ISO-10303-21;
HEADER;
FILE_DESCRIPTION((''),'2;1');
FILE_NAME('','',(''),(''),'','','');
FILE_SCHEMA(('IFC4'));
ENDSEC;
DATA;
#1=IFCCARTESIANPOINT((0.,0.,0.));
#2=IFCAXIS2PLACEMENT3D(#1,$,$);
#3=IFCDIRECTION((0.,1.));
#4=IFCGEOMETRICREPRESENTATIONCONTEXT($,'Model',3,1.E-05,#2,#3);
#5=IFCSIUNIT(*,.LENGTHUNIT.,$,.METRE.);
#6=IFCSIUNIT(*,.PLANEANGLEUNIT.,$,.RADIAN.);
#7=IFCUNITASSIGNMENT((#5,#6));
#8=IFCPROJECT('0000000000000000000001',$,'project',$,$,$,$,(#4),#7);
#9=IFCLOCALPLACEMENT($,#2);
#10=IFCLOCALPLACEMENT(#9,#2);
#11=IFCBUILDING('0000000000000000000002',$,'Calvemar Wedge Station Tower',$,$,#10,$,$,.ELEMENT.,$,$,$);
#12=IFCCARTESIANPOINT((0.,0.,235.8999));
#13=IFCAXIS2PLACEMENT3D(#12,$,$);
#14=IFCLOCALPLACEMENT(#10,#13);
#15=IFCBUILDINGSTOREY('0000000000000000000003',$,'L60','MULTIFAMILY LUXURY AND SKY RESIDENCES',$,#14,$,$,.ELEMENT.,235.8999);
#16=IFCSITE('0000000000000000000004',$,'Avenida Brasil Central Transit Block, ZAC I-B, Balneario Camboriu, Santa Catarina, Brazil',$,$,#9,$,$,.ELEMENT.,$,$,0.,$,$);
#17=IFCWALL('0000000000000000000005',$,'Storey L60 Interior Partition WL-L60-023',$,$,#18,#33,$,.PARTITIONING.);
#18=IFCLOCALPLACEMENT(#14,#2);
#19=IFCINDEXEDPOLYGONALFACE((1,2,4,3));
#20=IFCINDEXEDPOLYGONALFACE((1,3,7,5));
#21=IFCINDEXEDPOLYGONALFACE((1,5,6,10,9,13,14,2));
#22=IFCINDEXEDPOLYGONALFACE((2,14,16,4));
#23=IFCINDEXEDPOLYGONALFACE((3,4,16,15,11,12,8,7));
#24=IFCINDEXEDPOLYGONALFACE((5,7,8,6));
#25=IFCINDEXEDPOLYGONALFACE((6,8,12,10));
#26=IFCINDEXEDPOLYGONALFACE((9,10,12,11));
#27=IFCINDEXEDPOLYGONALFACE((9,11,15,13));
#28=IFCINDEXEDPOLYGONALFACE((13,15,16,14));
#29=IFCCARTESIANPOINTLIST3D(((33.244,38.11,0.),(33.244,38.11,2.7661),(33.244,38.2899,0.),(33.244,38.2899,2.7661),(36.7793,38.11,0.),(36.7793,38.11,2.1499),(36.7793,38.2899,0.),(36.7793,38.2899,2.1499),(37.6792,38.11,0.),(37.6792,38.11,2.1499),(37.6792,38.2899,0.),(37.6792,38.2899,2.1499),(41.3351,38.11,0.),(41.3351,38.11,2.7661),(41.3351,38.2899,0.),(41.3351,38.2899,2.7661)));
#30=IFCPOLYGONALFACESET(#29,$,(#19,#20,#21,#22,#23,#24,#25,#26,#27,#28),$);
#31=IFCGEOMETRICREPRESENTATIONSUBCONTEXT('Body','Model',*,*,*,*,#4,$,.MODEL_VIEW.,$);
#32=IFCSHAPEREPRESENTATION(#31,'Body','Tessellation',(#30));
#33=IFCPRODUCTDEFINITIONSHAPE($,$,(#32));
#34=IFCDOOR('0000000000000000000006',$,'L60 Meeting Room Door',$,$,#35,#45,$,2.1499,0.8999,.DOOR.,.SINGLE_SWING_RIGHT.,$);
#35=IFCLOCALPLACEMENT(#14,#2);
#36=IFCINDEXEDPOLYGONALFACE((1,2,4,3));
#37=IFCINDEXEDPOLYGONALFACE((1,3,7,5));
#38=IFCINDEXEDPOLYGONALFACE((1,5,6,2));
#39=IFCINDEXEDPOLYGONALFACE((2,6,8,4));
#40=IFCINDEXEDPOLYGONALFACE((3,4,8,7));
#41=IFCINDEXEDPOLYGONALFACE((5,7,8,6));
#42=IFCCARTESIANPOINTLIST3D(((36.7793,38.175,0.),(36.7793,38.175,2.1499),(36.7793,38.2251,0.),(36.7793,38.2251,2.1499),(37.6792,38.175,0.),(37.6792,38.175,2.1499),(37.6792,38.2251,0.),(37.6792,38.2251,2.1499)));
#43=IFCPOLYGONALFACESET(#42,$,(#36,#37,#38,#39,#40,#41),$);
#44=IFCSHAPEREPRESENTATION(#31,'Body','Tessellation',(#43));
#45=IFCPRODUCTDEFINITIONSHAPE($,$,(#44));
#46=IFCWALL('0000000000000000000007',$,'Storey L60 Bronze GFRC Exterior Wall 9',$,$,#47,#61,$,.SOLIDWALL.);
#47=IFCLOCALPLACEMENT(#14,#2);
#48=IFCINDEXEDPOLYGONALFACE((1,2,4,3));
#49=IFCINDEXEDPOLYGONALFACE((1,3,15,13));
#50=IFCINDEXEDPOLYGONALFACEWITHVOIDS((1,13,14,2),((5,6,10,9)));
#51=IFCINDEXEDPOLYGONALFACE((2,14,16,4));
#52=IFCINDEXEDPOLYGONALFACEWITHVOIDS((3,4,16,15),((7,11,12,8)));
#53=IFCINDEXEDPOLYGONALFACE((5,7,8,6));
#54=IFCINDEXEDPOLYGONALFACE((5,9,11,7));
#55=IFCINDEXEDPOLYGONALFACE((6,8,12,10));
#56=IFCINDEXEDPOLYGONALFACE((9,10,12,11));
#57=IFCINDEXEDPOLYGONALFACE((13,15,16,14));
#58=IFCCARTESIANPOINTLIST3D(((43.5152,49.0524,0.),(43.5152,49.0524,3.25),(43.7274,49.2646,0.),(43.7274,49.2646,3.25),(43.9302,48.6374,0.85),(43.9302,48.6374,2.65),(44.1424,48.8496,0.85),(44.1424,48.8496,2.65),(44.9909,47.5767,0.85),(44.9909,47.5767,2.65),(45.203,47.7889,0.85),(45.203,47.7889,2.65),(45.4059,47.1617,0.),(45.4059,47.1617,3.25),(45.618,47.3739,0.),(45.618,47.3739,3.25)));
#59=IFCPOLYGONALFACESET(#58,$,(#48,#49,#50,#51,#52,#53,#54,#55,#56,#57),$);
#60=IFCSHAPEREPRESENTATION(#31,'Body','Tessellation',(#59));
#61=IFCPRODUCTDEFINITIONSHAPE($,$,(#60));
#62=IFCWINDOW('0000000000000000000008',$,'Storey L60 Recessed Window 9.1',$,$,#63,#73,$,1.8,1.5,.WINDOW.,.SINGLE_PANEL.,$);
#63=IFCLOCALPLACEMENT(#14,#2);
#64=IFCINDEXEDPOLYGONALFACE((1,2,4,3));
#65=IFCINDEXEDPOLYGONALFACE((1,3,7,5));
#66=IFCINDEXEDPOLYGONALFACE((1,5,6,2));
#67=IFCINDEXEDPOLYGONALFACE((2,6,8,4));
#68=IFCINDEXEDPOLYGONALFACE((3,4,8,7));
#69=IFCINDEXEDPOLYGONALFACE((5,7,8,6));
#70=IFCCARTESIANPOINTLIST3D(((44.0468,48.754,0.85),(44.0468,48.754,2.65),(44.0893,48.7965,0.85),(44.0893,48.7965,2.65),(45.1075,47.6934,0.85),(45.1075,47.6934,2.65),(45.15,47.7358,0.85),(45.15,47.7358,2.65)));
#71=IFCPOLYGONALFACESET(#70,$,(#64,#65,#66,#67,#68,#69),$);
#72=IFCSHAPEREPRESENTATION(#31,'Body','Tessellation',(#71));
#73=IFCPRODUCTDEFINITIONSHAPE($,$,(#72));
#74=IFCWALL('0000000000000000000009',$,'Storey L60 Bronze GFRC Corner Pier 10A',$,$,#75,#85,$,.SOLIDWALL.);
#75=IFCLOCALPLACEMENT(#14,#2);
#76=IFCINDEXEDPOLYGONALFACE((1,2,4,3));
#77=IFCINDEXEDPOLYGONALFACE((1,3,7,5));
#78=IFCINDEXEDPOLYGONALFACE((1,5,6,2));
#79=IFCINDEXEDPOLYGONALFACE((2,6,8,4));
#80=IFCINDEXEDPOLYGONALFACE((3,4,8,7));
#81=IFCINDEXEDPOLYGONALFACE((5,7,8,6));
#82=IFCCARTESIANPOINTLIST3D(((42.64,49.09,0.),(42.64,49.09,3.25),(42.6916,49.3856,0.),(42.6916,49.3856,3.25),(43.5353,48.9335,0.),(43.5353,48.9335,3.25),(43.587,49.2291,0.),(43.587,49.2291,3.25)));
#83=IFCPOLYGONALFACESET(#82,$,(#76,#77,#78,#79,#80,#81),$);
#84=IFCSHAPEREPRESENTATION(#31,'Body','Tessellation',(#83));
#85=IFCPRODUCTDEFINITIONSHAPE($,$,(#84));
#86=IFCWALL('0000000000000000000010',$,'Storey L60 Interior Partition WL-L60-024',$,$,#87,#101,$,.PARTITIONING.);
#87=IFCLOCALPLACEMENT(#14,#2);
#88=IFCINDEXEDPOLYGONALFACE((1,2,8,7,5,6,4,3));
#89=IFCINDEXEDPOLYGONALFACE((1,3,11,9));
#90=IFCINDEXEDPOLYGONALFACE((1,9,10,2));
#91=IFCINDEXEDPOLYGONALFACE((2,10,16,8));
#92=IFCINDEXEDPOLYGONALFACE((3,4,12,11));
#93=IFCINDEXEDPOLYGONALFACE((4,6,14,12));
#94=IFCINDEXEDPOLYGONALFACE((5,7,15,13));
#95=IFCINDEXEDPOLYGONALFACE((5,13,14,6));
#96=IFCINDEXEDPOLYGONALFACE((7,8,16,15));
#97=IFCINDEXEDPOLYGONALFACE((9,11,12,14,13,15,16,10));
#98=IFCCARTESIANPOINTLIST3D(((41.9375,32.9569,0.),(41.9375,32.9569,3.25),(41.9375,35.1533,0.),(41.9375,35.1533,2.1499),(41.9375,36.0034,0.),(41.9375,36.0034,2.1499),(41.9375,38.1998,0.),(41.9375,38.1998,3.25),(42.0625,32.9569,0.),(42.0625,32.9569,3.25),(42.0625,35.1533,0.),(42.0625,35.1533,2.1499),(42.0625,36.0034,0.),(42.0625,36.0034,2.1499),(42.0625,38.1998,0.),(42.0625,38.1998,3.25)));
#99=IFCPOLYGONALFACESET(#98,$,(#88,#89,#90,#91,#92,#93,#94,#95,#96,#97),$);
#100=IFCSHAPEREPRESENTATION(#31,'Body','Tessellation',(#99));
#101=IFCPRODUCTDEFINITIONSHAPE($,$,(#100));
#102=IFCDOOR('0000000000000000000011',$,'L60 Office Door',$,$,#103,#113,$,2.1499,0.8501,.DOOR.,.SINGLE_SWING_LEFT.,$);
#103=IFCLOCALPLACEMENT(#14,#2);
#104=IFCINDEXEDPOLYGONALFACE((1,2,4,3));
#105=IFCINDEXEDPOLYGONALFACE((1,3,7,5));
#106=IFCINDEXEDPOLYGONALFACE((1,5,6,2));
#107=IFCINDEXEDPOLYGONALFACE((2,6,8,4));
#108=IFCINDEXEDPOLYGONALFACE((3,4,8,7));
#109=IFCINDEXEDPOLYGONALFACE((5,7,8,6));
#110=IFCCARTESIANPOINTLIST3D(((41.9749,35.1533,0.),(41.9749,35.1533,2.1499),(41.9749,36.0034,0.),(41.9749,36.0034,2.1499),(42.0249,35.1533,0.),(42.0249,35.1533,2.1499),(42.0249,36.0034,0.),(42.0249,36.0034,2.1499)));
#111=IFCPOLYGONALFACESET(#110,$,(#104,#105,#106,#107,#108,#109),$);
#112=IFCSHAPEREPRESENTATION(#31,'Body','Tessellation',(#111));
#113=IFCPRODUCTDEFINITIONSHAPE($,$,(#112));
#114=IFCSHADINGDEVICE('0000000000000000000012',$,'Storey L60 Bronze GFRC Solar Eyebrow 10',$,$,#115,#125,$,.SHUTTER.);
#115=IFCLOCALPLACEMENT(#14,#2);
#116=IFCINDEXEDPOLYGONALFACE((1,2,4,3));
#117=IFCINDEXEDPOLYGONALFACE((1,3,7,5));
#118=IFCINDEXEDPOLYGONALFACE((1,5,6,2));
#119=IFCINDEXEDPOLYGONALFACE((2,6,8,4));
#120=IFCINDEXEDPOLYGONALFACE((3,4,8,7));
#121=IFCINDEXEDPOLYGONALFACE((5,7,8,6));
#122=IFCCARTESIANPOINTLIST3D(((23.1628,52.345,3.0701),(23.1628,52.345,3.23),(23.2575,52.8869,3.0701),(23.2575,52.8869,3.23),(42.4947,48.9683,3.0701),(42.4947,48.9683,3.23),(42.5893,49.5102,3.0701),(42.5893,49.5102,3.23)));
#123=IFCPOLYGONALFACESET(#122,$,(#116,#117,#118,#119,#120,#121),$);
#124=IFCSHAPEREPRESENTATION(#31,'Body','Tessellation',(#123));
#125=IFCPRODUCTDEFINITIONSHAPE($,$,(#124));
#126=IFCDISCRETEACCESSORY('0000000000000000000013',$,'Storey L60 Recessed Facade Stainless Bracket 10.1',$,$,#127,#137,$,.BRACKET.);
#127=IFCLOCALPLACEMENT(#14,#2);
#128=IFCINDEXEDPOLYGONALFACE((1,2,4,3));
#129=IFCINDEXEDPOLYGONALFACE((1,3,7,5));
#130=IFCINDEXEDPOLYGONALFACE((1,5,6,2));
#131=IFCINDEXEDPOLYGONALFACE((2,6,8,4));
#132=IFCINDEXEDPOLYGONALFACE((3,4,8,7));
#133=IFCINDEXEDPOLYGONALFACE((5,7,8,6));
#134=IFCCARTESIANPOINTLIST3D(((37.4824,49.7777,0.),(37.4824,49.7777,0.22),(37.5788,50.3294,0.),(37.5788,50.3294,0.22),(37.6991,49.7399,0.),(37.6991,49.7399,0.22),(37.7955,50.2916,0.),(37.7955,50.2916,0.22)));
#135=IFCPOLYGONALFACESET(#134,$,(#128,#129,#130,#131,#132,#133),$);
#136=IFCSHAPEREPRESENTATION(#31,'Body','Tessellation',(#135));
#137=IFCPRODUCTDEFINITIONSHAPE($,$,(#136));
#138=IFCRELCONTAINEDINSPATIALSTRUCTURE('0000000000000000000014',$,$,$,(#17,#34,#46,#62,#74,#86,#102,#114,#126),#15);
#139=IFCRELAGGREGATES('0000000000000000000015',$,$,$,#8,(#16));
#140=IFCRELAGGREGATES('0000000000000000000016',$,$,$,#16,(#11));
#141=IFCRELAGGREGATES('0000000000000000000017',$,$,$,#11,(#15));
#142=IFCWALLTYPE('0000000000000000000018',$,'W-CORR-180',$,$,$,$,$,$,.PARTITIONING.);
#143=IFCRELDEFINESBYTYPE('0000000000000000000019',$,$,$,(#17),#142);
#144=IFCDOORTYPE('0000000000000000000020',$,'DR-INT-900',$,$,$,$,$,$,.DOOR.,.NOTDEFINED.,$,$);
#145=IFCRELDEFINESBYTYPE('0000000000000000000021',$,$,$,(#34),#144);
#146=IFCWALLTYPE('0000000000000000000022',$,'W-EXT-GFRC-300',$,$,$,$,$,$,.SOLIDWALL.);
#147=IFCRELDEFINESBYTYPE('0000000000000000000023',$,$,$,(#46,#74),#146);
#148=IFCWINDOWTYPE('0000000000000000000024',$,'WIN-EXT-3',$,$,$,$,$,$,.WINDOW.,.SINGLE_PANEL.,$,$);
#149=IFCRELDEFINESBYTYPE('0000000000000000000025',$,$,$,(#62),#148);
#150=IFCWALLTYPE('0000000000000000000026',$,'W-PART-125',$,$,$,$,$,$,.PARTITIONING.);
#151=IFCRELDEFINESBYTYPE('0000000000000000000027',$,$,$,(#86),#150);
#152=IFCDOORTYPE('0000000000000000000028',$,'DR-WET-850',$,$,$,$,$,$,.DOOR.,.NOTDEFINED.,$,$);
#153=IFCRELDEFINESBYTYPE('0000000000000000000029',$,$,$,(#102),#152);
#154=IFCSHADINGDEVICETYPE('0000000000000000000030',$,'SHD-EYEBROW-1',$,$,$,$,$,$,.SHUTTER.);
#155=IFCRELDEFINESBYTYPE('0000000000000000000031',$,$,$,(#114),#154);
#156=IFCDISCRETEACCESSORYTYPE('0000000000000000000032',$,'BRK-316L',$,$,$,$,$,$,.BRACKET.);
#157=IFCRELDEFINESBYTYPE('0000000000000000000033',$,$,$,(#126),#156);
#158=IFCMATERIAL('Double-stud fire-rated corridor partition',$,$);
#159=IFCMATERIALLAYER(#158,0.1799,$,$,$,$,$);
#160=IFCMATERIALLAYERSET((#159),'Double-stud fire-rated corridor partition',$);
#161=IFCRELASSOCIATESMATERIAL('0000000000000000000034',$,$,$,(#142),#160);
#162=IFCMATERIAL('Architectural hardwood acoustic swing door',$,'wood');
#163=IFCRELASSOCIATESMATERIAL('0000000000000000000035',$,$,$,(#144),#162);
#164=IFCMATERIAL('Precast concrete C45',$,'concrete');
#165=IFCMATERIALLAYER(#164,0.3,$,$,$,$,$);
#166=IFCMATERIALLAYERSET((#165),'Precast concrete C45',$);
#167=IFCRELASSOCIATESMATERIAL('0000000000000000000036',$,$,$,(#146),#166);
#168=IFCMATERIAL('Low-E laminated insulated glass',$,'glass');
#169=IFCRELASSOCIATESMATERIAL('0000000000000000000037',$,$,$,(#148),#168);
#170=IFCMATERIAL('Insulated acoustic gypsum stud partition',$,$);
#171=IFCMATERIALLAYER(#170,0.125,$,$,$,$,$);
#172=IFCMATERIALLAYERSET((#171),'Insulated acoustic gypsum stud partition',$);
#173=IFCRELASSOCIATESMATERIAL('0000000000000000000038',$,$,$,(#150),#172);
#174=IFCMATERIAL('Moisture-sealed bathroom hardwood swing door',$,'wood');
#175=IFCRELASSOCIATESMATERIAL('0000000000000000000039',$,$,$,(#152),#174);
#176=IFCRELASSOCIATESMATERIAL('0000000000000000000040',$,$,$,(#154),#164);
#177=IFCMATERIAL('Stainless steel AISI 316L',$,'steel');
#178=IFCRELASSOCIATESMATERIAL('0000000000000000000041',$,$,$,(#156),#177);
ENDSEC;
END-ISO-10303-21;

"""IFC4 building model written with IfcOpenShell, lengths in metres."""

from ifc_helpers import new_model, si_unit, direction, frame, frame_2d, origin, origin_2d, place, context, subcontext, project, spatial, rectangle, extrude, source, transform, mapped, material, layer, layer_set, type_object, element, fill, save


model = new_model("IFC4")

# Units and contexts
model_context = context("Model", 3, precision=1e-05, world=origin(), true_north=direction((0.0, 1.0)))
body_context = subcontext(model_context, "Body", "Model", "MODEL_VIEW")
ifc_project = project(units=[si_unit("LENGTHUNIT", "METRE"), si_unit("PLANEANGLEUNIT", "RADIAN")], contexts=[model_context])

# Site, building, storey
site_placement = place(None, origin())
site = spatial("IfcSite", under=ifc_project, at=site_placement, Name="Avenida Brasil Central Transit Block, ZAC I-B, Balneario Camboriu, Santa Catarina, Brazil", CompositionType="ELEMENT", RefElevation=0.0)
building_placement = place(site_placement, origin())
building = spatial("IfcBuilding", under=site, at=building_placement, Name="Calvemar Wedge Station Tower", CompositionType="ELEMENT")
storey_placement = place(building_placement, frame((0.0, 0.0, 235.8999)))
storey = spatial("IfcBuildingStorey", under=building, at=storey_placement, Name="L60", Description="MULTIFAMILY LUXURY AND SKY RESIDENCES", CompositionType="ELEMENT", Elevation=235.8999)

# Shared definitions
ifc_material_1 = material(Name="Low-E laminated insulated glass", Category="glass")

# Wall, opening, door
ifc_material_2 = material(Name="Double-stud fire-rated corridor partition")
ifc_layer_1 = layer(ifc_material_2, 0.1799)
ifc_layer_set_1 = layer_set([ifc_layer_1], Name="Double-stud fire-rated corridor partition")
wall_type_1 = type_object("IfcWallType", Name="W-CORR-180", PredefinedType="PARTITIONING", material=ifc_layer_set_1)
wall_1_placement = place(storey_placement, frame((41.335, 38.2, 0.0), z_axis=(0.0, 0.0, 1.0), x_axis=(-1.0, 0.0, 0.0)))
wall_1 = element("IfcWall", 1, at=wall_1_placement, inside=storey, type_object=wall_type_1, Name="Storey L60 Interior Partition WL-L60-023", PredefinedType="PARTITIONING", context=body_context, shape_type="SweptSolid", body=[
    extrude(rectangle(XDim=8.0911, YDim=0.1799, at=frame_2d((4.0454, 0.0))), origin(), (0.0, 0.0, 1.0), 2.7661),
])
shared_shape_1 = source(origin(), body_context, "Body", "SweptSolid", [
    extrude(rectangle(XDim=0.8999, YDim=2.1499, at=frame_2d((0.45, 1.075))), frame((0.0, 0.1001, 0.0), z_axis=(0.0, -1.0, 0.0), x_axis=(1.0, 0.0, 0.0)), (0.0, 0.0, 1.0), 0.2),
])
opening_1_placement = place(wall_1_placement, frame((3.6558, 0.0, 0.0)))
opening_1 = element("IfcOpeningElement", 2, at=opening_1_placement, cuts=wall_1, PredefinedType="OPENING", context=body_context, shape_type="MappedRepresentation", body=[
    mapped(shared_shape_1, transform((0.0, 0.0, 0.0), scale=1.0)),
])
ifc_material_3 = material(Name="Architectural hardwood acoustic swing door", Category="wood")
door_type_1 = type_object("IfcDoorType", Name="DR-INT-900", OperationType="NOTDEFINED", PredefinedType="DOOR", material=ifc_material_3)
shared_shape_2 = source(origin(), body_context, "Body", "SweptSolid", [
    extrude(rectangle(XDim=0.8999, YDim=2.1499, at=frame_2d((0.45, 1.075))), frame((0.0, 0.0249, 0.0), z_axis=(0.0, -1.0, 0.0), x_axis=(1.0, 0.0, 0.0)), (0.0, 0.0, 1.0), 0.05),
])
door_1_placement = place(opening_1_placement, origin())
door_1 = element("IfcDoor", 3, at=door_1_placement, inside=storey, type_object=door_type_1, Name="L60 Meeting Room Door", OperationType="SINGLE_SWING_RIGHT", OverallHeight=2.1499, OverallWidth=0.8999, PredefinedType="DOOR", context=body_context, shape_type="MappedRepresentation", body=[
    mapped(shared_shape_2, transform((0.0, 0.0, 0.0), scale=1.0)),
])
fill(opening_1, door_1)

# Wall, opening, window
ifc_material_4 = material(Name="Precast concrete C45", Category="concrete")
ifc_layer_2 = layer(ifc_material_4, 0.3)
ifc_layer_set_2 = layer_set([ifc_layer_2], Name="Precast concrete C45")
wall_type_2 = type_object("IfcWallType", Name="W-EXT-GFRC-300", PredefinedType="SOLIDWALL", material=ifc_layer_set_2)
wall_2_placement = place(storey_placement, frame((45.512, 47.2678, 0.0), z_axis=(0.0, 0.0, 1.0), x_axis=(-0.707107, 0.707107, 0.0)))
wall_2 = element("IfcWall", 4, at=wall_2_placement, inside=storey, type_object=wall_type_2, Name="Storey L60 Bronze GFRC Exterior Wall 9", PredefinedType="SOLIDWALL", context=body_context, shape_type="SweptSolid", body=[
    extrude(rectangle(XDim=2.6738, YDim=0.3, at=frame_2d((1.3369, 0.0))), origin(), (0.0, 0.0, 1.0), 3.25),
])
shared_shape_3 = source(origin(), body_context, "Body", "SweptSolid", [
    extrude(rectangle(XDim=1.5, YDim=1.8, at=frame_2d((0.75, 0.8999))), frame((0.0, 0.1602, 0.0), z_axis=(0.0, -1.0, 0.0), x_axis=(1.0, 0.0, 0.0)), (0.0, 0.0, 1.0), 0.3201),
])
opening_2_placement = place(wall_2_placement, frame((0.5869, 0.0, 0.8501)))
opening_2 = element("IfcOpeningElement", 5, at=opening_2_placement, cuts=wall_2, PredefinedType="OPENING", context=body_context, shape_type="MappedRepresentation", body=[
    mapped(shared_shape_3, transform((0.0, 0.0, 0.0), scale=1.0)),
])
window_type = type_object("IfcWindowType", Name="WIN-EXT-3", PartitioningType="SINGLE_PANEL", PredefinedType="WINDOW", material=ifc_material_1)
shared_shape_4 = source(origin(), body_context, "Body", "SweptSolid", [
    extrude(rectangle(XDim=1.5, YDim=1.8, at=frame_2d((0.75, 0.8999))), frame((0.0, -0.0149, 0.0), z_axis=(0.0, -1.0, 0.0), x_axis=(1.0, 0.0, 0.0)), (0.0, 0.0, 1.0), 0.0601),
])
window_placement = place(opening_2_placement, origin())
window = element("IfcWindow", 6, at=window_placement, inside=storey, type_object=window_type, Name="Storey L60 Recessed Window 9.1", OverallHeight=1.8, OverallWidth=1.5, PartitioningType="SINGLE_PANEL", PredefinedType="WINDOW", context=body_context, shape_type="MappedRepresentation", body=[
    mapped(shared_shape_4, transform((0.0, 0.0, 0.0), scale=1.0)),
])
fill(opening_2, window)

# Wall
wall_3_placement = place(storey_placement, frame((43.5613, 49.0813, 0.0), z_axis=(0.0, 0.0, 1.0), x_axis=(-0.985064, 0.172191, 0.0)))
element("IfcWall", 7, at=wall_3_placement, inside=storey, type_object=wall_type_2, Name="Storey L60 Bronze GFRC Corner Pier 10A", PredefinedType="SOLIDWALL", context=body_context, shape_type="SweptSolid", body=[
    extrude(rectangle(XDim=0.9089, YDim=0.3, at=frame_2d((0.4546, 0.0))), origin(), (0.0, 0.0, 1.0), 3.25),
])

# Wall, opening, door
ifc_material_5 = material(Name="Insulated acoustic gypsum stud partition")
ifc_layer_3 = layer(ifc_material_5, 0.125)
ifc_layer_set_3 = layer_set([ifc_layer_3], Name="Insulated acoustic gypsum stud partition")
wall_type_3 = type_object("IfcWallType", Name="W-PART-125", PredefinedType="PARTITIONING", material=ifc_layer_set_3)
wall_4_placement = place(storey_placement, frame((42.0, 38.2, 0.0), z_axis=(0.0, 0.0, 1.0), x_axis=(0.0, -1.0, 0.0)))
wall_4 = element("IfcWall", 8, at=wall_4_placement, inside=storey, type_object=wall_type_3, Name="Storey L60 Interior Partition WL-L60-024", PredefinedType="PARTITIONING", context=body_context, shape_type="SweptSolid", body=[
    extrude(rectangle(XDim=5.2429, YDim=0.125, at=frame_2d((2.6216, 0.0))), origin(), (0.0, 0.0, 1.0), 3.25),
])
shared_shape_5 = source(origin(), body_context, "Body", "SweptSolid", [
    extrude(rectangle(XDim=0.8501, YDim=2.1499, at=frame_2d((0.425, 1.075))), frame((0.0, 0.0725, 0.0), z_axis=(0.0, -1.0, 0.0), x_axis=(1.0, 0.0, 0.0)), (0.0, 0.0, 1.0), 0.145),
])
opening_3_placement = place(wall_4_placement, frame((2.1965, 0.0, 0.0)))
opening_3 = element("IfcOpeningElement", 9, at=opening_3_placement, cuts=wall_4, PredefinedType="OPENING", context=body_context, shape_type="MappedRepresentation", body=[
    mapped(shared_shape_5, transform((0.0, 0.0, 0.0), scale=1.0)),
])
ifc_material_6 = material(Name="Moisture-sealed bathroom hardwood swing door", Category="wood")
door_type_2 = type_object("IfcDoorType", Name="DR-WET-850", OperationType="NOTDEFINED", PredefinedType="DOOR", material=ifc_material_6)
shared_shape_6 = source(origin(), body_context, "Body", "SweptSolid", [
    extrude(rectangle(XDim=0.8501, YDim=2.1499, at=frame_2d((0.425, 1.075))), frame((0.0, 0.0249, 0.0), z_axis=(0.0, -1.0, 0.0), x_axis=(1.0, 0.0, 0.0)), (0.0, 0.0, 1.0), 0.05),
])
door_2_placement = place(opening_3_placement, origin())
door_2 = element("IfcDoor", 10, at=door_2_placement, inside=storey, type_object=door_type_2, Name="L60 Office Door", OperationType="SINGLE_SWING_LEFT", OverallHeight=2.1499, OverallWidth=0.8501, PredefinedType="DOOR", context=body_context, shape_type="MappedRepresentation", body=[
    mapped(shared_shape_6, transform((0.0, 0.0, 0.0), scale=1.0)),
])
fill(opening_3, door_2)

# Shading device
shading_device_type = type_object("IfcShadingDeviceType", Name="SHD-EYEBROW-1", PredefinedType="SHUTTER", material=ifc_material_4)
shading_device_placement = place(storey_placement, frame((42.542, 49.2393, 3.0701), z_axis=(0.0, 0.0, 1.0), x_axis=(-0.985085, 0.172066, 0.0)))
element("IfcShadingDevice", 11, at=shading_device_placement, inside=storey, type_object=shading_device_type, Name="Storey L60 Bronze GFRC Solar Eyebrow 10", PredefinedType="SHUTTER", context=body_context, shape_type="SweptSolid", body=[
    extrude(rectangle(XDim=19.6245, YDim=0.55, at=frame_2d((9.8123, 0.0))), origin(), (0.0, 0.0, 1.0), 0.1599),
])

# Discrete accessory
ifc_material_7 = material(Name="Stainless steel AISI 316L", Category="steel")
discrete_accessory_type = type_object("IfcDiscreteAccessoryType", Name="BRK-316L", PredefinedType="BRACKET", material=ifc_material_7)
shared_shape_7 = source(origin(), body_context, "Body", "SweptSolid", [
    extrude(rectangle(XDim=0.22, YDim=0.5601, at=origin_2d()), origin(), (0.0, 0.0, 1.0), 0.22),
])
discrete_accessory_placement = place(storey_placement, frame((37.6389, 50.0347, 0.0), z_axis=(0.0, 0.0, 1.0), x_axis=(-0.985079, 0.172101, 0.0)))
element("IfcDiscreteAccessory", 12, at=discrete_accessory_placement, inside=storey, type_object=discrete_accessory_type, Name="Storey L60 Recessed Facade Stainless Bracket 10.1", PredefinedType="BRACKET", context=body_context, shape_type="MappedRepresentation", body=[
    mapped(shared_shape_7, transform((0.0, 0.0, 0.0), scale=1.0)),
])

save(model, "model.ifc")
